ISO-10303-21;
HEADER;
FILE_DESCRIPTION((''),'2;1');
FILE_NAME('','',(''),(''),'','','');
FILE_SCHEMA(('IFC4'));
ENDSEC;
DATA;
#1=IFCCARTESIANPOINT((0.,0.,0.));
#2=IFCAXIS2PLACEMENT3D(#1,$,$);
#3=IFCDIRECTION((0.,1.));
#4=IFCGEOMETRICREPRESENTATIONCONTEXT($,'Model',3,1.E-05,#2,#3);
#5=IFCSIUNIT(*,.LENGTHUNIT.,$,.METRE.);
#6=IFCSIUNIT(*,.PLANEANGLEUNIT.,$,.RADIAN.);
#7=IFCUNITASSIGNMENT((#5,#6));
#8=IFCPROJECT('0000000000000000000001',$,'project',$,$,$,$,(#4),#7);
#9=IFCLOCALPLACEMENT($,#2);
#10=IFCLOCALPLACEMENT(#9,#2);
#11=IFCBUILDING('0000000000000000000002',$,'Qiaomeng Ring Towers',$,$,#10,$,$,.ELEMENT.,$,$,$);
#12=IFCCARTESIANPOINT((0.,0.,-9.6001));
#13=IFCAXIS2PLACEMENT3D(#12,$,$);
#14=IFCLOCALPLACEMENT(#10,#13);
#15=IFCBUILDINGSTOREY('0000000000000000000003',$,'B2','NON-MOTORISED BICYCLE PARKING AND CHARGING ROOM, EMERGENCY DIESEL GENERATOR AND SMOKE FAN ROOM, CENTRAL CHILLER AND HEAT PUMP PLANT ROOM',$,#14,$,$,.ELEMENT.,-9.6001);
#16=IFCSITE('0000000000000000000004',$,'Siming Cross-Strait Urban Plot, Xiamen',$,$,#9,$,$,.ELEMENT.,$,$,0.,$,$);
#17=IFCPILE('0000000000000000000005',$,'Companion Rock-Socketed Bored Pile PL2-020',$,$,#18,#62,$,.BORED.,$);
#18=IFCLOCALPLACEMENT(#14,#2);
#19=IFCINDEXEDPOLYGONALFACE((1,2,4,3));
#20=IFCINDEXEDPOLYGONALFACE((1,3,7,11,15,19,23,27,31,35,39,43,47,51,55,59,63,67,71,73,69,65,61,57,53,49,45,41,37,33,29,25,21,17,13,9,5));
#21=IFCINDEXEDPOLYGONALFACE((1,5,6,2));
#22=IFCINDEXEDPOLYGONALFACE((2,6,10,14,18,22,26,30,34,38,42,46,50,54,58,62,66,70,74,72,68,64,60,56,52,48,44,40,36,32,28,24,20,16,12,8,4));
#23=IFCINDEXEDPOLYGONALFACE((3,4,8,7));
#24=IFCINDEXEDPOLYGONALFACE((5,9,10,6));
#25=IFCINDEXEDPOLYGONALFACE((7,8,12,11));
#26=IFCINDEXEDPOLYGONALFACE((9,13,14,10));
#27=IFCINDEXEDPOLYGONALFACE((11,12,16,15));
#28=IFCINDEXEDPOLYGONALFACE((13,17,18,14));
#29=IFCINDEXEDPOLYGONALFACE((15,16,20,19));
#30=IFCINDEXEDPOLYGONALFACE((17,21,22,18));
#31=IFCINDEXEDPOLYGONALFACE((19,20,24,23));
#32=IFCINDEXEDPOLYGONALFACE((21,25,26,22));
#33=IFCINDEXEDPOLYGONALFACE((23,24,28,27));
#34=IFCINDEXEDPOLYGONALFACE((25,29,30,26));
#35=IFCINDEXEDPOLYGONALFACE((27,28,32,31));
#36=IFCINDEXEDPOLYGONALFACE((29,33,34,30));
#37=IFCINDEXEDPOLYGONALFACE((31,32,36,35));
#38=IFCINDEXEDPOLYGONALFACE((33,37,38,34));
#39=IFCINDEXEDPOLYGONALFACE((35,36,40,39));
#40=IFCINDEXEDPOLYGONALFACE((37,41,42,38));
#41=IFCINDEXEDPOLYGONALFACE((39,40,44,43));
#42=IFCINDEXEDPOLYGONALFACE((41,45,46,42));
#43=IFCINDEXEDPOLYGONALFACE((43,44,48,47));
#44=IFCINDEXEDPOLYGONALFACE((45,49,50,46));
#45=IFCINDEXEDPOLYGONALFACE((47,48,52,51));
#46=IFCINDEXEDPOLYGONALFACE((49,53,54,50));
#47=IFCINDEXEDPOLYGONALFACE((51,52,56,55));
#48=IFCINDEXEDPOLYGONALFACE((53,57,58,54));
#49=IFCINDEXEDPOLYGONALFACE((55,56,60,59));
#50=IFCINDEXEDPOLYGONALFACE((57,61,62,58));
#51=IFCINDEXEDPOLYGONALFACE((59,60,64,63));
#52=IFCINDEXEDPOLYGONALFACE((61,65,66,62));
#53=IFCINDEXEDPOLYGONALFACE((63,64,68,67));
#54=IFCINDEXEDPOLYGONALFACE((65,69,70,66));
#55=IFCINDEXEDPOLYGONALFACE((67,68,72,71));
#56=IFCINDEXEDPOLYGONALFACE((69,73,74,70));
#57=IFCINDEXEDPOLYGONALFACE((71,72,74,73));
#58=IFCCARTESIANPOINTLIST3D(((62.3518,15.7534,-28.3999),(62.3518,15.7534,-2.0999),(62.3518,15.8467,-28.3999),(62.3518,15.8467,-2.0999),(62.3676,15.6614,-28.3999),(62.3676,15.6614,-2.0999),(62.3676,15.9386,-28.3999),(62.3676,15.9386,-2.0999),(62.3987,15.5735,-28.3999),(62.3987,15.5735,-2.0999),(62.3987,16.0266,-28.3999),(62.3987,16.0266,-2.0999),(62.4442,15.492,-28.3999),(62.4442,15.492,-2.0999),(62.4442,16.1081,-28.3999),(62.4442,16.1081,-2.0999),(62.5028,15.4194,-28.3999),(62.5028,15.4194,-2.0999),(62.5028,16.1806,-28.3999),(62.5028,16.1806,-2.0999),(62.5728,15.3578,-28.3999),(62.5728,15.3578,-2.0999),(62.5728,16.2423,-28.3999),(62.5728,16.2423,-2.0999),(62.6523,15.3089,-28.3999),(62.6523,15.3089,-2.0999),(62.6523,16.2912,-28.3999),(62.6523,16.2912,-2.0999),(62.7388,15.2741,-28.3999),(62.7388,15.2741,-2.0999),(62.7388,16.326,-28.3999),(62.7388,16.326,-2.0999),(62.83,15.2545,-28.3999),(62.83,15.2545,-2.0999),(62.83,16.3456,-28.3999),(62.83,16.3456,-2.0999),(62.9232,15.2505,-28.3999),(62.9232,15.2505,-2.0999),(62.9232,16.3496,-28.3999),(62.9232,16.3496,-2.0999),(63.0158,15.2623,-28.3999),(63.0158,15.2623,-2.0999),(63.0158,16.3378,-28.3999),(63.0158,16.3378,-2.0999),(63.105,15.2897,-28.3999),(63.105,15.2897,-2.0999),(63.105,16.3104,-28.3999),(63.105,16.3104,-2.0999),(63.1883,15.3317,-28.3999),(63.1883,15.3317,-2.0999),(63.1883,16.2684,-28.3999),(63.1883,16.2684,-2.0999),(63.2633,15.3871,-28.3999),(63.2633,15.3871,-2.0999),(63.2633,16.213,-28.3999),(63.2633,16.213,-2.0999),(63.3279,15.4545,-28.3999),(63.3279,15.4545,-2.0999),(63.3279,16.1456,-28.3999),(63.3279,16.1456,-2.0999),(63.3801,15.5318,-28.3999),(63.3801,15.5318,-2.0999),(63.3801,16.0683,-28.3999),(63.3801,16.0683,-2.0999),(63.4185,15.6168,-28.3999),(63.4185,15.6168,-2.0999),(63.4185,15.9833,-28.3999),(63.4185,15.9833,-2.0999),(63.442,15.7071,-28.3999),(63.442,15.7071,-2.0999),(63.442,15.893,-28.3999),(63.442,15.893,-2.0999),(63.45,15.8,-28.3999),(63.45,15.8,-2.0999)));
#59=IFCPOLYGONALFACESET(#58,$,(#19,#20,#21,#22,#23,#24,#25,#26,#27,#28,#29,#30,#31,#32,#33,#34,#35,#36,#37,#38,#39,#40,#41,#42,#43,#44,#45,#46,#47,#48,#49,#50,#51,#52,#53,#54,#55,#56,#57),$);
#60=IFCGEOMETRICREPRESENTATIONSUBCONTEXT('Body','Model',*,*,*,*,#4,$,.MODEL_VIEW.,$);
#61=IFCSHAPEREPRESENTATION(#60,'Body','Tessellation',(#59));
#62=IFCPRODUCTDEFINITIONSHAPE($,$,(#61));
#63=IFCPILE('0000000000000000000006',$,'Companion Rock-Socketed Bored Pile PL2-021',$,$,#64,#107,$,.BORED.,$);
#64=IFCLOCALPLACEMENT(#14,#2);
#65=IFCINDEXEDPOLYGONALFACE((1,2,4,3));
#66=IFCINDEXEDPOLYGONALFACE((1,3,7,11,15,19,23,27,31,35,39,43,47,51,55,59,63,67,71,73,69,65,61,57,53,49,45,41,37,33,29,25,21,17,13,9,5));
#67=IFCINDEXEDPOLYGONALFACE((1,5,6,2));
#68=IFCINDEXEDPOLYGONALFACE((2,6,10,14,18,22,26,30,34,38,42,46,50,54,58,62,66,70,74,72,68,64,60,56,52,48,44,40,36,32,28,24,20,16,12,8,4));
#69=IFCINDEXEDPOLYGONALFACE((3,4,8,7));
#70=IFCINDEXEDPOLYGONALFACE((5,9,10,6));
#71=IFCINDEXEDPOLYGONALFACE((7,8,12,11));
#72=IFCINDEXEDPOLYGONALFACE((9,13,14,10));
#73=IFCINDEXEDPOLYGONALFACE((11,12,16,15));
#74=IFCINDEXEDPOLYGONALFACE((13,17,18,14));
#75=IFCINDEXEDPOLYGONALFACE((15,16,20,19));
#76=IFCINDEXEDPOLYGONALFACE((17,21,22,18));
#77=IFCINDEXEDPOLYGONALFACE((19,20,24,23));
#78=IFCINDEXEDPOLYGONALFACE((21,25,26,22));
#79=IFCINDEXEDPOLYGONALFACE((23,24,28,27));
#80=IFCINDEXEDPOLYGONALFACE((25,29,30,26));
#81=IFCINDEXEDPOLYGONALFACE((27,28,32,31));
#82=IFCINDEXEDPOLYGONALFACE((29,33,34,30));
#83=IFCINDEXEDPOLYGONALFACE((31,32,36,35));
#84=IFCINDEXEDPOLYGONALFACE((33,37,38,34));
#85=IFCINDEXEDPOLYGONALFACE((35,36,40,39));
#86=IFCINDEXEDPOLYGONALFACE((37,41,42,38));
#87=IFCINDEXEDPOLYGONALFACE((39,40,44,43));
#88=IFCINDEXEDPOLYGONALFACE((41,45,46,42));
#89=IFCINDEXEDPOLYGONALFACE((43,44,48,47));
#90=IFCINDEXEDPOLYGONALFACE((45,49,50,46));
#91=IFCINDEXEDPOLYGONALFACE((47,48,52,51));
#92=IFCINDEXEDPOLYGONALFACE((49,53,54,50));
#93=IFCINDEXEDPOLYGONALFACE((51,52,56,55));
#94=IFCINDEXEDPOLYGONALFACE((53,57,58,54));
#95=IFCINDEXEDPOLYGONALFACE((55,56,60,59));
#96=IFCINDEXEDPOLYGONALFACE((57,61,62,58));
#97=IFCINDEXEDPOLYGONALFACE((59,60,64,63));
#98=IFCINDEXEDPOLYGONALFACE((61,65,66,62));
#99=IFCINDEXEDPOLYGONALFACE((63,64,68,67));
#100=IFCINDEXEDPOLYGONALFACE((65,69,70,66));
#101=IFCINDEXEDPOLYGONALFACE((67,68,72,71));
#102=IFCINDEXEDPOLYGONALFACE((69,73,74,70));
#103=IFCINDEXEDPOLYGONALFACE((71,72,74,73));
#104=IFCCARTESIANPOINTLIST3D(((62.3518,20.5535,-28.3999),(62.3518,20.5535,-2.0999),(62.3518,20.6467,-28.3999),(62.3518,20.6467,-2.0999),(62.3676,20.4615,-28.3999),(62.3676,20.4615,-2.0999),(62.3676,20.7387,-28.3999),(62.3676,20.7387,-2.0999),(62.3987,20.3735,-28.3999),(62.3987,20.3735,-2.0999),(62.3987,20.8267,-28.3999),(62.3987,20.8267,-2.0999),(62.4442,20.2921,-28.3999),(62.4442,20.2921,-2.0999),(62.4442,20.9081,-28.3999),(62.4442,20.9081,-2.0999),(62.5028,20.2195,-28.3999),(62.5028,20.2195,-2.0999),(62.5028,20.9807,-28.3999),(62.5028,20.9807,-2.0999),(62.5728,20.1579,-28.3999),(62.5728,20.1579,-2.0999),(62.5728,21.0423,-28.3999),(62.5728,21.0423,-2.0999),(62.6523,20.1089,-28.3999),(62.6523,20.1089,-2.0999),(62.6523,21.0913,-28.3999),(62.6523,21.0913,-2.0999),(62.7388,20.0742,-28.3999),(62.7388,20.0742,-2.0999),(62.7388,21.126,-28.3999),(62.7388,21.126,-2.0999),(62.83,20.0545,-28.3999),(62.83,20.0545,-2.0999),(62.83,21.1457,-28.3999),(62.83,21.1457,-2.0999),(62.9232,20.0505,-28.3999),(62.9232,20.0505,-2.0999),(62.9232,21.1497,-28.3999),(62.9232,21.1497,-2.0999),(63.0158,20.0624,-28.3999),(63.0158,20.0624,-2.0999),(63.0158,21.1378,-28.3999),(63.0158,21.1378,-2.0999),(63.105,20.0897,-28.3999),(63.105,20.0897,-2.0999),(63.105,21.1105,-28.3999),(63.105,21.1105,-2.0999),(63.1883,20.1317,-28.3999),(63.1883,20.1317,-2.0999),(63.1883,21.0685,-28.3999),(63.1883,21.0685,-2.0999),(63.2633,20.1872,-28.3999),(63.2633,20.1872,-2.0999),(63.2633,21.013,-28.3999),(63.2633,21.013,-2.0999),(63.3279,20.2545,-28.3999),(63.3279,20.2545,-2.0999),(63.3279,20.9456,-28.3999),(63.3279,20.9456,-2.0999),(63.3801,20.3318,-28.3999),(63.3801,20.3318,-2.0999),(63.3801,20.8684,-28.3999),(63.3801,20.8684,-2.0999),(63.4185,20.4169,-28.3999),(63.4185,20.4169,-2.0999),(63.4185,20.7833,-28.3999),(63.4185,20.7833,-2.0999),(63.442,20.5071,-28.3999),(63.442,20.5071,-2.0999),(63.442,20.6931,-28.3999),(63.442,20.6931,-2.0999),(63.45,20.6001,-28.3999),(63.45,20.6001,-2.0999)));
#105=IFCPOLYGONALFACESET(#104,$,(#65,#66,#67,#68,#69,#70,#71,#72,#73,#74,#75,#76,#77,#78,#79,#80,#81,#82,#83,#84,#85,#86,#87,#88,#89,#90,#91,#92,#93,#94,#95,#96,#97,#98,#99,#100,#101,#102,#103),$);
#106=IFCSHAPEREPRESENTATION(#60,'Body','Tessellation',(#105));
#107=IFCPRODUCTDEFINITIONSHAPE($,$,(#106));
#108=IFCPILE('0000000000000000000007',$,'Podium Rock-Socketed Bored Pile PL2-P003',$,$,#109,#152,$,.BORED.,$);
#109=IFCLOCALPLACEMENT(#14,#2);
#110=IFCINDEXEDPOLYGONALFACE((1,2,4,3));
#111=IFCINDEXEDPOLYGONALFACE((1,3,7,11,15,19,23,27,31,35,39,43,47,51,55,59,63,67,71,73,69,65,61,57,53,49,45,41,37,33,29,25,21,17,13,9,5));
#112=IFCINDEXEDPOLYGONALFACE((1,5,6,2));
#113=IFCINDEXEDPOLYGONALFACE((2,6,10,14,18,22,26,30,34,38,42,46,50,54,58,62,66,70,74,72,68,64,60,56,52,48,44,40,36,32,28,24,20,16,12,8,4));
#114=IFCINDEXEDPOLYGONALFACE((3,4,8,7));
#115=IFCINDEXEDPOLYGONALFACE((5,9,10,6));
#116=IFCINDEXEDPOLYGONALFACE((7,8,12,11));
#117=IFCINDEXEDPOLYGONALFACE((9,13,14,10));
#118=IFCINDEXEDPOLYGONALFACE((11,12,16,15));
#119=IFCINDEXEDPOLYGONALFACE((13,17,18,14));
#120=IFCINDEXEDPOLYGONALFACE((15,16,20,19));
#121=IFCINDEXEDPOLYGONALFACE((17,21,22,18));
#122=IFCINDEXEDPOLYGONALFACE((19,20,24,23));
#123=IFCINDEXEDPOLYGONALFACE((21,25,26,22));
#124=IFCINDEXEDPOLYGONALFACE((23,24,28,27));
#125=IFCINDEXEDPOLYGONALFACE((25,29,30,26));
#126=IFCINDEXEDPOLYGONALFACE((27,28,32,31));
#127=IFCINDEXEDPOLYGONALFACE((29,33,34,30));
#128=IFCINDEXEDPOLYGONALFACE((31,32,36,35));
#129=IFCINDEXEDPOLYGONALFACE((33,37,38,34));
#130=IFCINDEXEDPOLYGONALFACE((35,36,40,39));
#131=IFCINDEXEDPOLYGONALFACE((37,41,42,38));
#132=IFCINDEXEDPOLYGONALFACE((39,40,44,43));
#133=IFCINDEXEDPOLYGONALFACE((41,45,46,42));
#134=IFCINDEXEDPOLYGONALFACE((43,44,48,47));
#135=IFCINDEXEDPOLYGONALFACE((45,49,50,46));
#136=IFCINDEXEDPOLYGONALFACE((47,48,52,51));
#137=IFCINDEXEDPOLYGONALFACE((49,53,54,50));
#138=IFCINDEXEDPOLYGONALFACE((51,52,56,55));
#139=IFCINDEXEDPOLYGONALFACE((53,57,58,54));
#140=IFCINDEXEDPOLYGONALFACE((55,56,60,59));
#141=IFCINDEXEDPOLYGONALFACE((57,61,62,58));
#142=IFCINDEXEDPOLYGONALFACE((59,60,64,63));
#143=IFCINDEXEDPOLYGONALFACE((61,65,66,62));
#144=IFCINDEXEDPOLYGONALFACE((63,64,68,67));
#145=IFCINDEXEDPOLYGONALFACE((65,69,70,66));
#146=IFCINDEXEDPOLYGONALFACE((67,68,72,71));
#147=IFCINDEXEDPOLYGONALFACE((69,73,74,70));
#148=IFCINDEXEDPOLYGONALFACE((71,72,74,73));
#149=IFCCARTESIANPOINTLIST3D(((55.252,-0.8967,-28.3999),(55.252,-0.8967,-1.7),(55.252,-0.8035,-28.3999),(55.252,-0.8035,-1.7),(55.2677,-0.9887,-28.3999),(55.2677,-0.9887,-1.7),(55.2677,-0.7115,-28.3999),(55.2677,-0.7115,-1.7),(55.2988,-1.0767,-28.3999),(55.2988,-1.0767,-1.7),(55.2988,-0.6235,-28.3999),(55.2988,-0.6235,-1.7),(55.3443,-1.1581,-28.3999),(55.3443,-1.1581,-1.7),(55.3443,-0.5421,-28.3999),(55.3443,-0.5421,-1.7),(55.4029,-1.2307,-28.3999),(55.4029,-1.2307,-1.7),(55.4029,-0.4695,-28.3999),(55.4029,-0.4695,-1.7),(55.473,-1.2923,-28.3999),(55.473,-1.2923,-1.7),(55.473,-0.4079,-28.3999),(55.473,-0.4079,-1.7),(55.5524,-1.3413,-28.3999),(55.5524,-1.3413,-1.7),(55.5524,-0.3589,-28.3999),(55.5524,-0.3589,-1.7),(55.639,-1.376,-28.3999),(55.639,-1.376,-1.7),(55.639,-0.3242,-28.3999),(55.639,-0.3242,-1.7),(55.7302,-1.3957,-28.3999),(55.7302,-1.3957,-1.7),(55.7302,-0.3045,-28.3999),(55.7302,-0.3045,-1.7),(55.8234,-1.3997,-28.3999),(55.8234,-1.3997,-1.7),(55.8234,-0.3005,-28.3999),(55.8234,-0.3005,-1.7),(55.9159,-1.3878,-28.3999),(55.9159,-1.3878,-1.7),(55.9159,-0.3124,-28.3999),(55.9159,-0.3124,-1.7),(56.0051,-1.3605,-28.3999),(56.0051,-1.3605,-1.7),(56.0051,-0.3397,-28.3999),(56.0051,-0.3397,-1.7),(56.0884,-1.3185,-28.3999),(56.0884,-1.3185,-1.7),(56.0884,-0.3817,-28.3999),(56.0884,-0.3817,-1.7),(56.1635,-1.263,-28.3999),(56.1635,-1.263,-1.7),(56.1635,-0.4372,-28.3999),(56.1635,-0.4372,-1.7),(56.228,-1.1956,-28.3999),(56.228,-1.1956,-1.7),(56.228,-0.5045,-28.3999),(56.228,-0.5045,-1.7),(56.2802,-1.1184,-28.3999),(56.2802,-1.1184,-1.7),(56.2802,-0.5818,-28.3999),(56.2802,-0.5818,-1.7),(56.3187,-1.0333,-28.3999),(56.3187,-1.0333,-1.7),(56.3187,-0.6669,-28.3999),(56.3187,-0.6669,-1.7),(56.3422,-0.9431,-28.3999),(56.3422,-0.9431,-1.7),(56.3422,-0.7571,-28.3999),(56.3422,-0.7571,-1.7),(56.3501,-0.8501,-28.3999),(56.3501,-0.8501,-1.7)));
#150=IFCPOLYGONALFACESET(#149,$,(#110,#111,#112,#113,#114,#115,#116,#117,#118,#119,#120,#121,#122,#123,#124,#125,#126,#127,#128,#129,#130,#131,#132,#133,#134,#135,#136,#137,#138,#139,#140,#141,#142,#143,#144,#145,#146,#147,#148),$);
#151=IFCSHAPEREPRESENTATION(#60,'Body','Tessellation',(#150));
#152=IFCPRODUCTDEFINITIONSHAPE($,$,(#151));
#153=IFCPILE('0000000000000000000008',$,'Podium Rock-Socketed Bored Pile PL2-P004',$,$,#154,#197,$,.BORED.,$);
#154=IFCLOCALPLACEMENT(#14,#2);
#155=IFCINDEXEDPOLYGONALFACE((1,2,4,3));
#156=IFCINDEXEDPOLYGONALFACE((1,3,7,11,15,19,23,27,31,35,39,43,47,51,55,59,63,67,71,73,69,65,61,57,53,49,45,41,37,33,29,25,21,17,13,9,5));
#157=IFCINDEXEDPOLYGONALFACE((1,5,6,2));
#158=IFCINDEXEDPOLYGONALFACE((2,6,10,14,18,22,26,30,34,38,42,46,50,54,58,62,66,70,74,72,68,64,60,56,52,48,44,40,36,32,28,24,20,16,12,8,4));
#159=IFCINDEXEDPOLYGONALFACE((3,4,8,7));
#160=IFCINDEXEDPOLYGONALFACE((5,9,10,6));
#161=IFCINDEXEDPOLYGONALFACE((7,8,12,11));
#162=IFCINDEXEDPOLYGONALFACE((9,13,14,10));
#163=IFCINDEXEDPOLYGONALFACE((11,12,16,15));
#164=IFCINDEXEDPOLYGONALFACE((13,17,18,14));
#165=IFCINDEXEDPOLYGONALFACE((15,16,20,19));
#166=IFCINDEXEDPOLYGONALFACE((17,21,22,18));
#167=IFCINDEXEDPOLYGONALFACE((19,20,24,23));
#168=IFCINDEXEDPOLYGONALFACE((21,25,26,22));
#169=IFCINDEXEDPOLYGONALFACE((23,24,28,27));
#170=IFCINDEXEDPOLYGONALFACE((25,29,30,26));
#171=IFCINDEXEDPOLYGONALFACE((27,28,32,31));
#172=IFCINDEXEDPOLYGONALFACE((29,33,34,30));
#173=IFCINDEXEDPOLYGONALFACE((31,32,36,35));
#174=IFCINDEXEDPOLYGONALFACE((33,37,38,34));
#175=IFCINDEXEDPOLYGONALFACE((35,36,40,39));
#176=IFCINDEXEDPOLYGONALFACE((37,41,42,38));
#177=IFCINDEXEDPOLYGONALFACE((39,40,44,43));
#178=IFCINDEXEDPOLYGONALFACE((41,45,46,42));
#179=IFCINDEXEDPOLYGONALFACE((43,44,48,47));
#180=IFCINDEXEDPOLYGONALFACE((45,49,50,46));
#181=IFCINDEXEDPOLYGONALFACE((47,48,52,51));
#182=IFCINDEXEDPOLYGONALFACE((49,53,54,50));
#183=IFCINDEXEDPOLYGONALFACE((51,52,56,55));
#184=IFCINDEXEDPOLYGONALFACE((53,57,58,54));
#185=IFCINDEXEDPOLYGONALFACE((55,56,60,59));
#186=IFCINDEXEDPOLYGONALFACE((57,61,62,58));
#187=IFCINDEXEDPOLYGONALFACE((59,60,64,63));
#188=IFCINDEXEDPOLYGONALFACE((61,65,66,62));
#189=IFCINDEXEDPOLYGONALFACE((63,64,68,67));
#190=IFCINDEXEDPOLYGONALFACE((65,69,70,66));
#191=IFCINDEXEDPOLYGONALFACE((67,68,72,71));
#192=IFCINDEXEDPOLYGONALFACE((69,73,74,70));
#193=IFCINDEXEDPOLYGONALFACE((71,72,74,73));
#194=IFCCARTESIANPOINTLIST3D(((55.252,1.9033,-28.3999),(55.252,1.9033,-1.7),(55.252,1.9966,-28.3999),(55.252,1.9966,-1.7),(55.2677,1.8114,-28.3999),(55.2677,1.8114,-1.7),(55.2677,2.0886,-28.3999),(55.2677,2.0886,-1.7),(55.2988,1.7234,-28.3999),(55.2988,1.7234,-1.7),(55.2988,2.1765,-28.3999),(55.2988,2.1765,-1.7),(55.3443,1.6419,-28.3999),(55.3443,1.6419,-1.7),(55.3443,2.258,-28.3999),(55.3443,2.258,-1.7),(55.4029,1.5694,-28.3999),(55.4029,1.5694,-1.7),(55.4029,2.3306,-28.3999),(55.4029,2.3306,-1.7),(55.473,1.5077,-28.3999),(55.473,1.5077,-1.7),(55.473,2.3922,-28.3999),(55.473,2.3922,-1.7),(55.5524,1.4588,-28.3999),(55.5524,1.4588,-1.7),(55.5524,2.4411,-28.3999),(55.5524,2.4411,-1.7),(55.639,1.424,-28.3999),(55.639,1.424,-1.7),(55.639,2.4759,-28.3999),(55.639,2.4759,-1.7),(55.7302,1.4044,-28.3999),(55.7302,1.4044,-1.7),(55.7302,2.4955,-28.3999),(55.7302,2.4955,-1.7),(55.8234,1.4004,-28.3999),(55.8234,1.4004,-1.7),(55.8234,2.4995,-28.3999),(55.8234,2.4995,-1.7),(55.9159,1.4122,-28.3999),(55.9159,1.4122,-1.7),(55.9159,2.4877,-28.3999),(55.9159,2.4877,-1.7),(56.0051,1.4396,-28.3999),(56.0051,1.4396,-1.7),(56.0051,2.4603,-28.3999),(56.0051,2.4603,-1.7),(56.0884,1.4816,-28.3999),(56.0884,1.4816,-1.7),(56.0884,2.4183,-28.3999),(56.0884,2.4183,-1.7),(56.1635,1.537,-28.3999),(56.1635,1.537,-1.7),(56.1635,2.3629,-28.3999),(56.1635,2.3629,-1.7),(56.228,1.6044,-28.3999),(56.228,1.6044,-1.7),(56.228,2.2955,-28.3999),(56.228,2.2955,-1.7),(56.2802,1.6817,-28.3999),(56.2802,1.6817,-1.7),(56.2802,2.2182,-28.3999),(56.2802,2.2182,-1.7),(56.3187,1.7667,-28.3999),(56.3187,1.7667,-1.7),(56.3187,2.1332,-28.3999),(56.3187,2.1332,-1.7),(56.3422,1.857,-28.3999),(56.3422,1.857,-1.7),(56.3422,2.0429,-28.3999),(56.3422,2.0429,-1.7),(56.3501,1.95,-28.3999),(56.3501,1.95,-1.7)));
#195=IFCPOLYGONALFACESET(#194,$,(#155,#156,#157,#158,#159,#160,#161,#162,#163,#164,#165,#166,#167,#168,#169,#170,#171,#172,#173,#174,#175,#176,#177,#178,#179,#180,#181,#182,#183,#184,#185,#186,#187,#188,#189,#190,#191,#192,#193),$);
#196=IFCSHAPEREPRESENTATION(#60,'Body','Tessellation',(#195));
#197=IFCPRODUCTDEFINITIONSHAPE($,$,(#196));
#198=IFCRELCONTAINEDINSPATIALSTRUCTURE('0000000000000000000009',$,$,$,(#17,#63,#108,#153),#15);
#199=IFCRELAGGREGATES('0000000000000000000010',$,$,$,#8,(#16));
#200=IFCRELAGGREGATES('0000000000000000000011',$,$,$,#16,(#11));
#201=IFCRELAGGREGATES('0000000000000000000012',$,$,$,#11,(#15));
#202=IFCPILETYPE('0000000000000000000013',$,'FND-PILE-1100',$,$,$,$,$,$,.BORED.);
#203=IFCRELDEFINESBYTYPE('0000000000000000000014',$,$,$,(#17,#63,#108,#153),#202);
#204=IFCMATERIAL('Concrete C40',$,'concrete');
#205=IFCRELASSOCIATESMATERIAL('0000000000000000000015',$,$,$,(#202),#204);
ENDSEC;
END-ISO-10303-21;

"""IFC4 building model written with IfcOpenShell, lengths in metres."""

from ifc_helpers import new_model, si_unit, direction, frame, origin, origin_2d, place, context, subcontext, project, spatial, circle, extrude, source, transform, mapped, material, material_profile, profile_set, type_object, element, save


model = new_model("IFC4")

# Units and contexts
model_context = context("Model", 3, precision=1e-05, world=origin(), true_north=direction((0.0, 1.0)))
body_context = subcontext(model_context, "Body", "Model", "MODEL_VIEW")
ifc_project = project(units=[si_unit("LENGTHUNIT", "METRE"), si_unit("PLANEANGLEUNIT", "RADIAN")], contexts=[model_context])

# Site, building, storey
site_placement = place(None, origin())
site = spatial("IfcSite", under=ifc_project, at=site_placement, Name="Siming Cross-Strait Urban Plot, Xiamen", CompositionType="ELEMENT", RefElevation=0.0)
building_placement = place(site_placement, origin())
building = spatial("IfcBuilding", under=site, at=building_placement, Name="Qiaomeng Ring Towers", CompositionType="ELEMENT")
storey_placement = place(building_placement, frame((0.0, 0.0, -9.6001)))
storey = spatial("IfcBuildingStorey", under=building, at=storey_placement, Name="B2", Description="NON-MOTORISED BICYCLE PARKING AND CHARGING ROOM, EMERGENCY DIESEL GENERATOR AND SMOKE FAN ROOM, CENTRAL CHILLER AND HEAT PUMP PLANT ROOM", CompositionType="ELEMENT", Elevation=-9.6001)

# Piles
ifc_material_1 = material(Name="Concrete C40", Category="concrete")
ifc_material_profile_1 = material_profile(ifc_material_1, circle(Radius=0.55, at=origin_2d()), Name="BORED PILE 1100")
ifc_profile_set_1 = profile_set([ifc_material_profile_1], Name="Concrete C40")
pile_type = type_object("IfcPileType", Name="FND-PILE-1100", PredefinedType="BORED", material=ifc_profile_set_1)
shared_shape_1 = source(origin(), body_context, "Body", "SweptSolid", [
    extrude(circle(Radius=0.55, at=origin_2d()), origin(), (0.0, 0.0, 1.0), 26.3),
])
for number, where, z_axis, x_axis, name in (
    (1, (62.8999, 15.8, -2.0999), (0.0, 0.0, -1.0), (1.0, 0.0, 0.0), "Companion Rock-Socketed Bored Pile PL2-020"),
    (2, (62.8999, 20.6001, -2.0999), (0.0, 0.0, -1.0), (1.0, 0.0, 0.0), "Companion Rock-Socketed Bored Pile PL2-021"),
):
    element("IfcPile", number, at=place(storey_placement, frame(where, z_axis=z_axis, x_axis=x_axis)), inside=storey, type_object=pile_type, Name=name, PredefinedType="BORED", context=body_context, shape_type="MappedRepresentation", body=[
        mapped(shared_shape_1, transform((0.0, 0.0, 0.0), x_axis=(1.0, 0.0, 0.0), y_axis=(0.0, 1.0, 0.0), z_axis=(0.0, 0.0, 1.0), scale=1.0)),
    ])
shared_shape_2 = source(origin(), body_context, "Body", "SweptSolid", [
    extrude(circle(Radius=0.55, at=origin_2d()), origin(), (0.0, 0.0, 1.0), 26.7),
])
for number, where, z_axis, x_axis, name in (
    (3, (55.8, -0.8501, -1.7), (0.0, 0.0, -1.0), (1.0, 0.0, 0.0), "Podium Rock-Socketed Bored Pile PL2-P003"),
    (4, (55.8, 1.95, -1.7), (0.0, 0.0, -1.0), (1.0, 0.0, 0.0), "Podium Rock-Socketed Bored Pile PL2-P004"),
):
    element("IfcPile", number, at=place(storey_placement, frame(where, z_axis=z_axis, x_axis=x_axis)), inside=storey, type_object=pile_type, Name=name, PredefinedType="BORED", context=body_context, shape_type="MappedRepresentation", body=[
        mapped(shared_shape_2, transform((0.0, 0.0, 0.0), x_axis=(1.0, 0.0, 0.0), y_axis=(0.0, 1.0, 0.0), z_axis=(0.0, 0.0, 1.0), scale=1.0)),
    ])

save(model, "model.ifc")
